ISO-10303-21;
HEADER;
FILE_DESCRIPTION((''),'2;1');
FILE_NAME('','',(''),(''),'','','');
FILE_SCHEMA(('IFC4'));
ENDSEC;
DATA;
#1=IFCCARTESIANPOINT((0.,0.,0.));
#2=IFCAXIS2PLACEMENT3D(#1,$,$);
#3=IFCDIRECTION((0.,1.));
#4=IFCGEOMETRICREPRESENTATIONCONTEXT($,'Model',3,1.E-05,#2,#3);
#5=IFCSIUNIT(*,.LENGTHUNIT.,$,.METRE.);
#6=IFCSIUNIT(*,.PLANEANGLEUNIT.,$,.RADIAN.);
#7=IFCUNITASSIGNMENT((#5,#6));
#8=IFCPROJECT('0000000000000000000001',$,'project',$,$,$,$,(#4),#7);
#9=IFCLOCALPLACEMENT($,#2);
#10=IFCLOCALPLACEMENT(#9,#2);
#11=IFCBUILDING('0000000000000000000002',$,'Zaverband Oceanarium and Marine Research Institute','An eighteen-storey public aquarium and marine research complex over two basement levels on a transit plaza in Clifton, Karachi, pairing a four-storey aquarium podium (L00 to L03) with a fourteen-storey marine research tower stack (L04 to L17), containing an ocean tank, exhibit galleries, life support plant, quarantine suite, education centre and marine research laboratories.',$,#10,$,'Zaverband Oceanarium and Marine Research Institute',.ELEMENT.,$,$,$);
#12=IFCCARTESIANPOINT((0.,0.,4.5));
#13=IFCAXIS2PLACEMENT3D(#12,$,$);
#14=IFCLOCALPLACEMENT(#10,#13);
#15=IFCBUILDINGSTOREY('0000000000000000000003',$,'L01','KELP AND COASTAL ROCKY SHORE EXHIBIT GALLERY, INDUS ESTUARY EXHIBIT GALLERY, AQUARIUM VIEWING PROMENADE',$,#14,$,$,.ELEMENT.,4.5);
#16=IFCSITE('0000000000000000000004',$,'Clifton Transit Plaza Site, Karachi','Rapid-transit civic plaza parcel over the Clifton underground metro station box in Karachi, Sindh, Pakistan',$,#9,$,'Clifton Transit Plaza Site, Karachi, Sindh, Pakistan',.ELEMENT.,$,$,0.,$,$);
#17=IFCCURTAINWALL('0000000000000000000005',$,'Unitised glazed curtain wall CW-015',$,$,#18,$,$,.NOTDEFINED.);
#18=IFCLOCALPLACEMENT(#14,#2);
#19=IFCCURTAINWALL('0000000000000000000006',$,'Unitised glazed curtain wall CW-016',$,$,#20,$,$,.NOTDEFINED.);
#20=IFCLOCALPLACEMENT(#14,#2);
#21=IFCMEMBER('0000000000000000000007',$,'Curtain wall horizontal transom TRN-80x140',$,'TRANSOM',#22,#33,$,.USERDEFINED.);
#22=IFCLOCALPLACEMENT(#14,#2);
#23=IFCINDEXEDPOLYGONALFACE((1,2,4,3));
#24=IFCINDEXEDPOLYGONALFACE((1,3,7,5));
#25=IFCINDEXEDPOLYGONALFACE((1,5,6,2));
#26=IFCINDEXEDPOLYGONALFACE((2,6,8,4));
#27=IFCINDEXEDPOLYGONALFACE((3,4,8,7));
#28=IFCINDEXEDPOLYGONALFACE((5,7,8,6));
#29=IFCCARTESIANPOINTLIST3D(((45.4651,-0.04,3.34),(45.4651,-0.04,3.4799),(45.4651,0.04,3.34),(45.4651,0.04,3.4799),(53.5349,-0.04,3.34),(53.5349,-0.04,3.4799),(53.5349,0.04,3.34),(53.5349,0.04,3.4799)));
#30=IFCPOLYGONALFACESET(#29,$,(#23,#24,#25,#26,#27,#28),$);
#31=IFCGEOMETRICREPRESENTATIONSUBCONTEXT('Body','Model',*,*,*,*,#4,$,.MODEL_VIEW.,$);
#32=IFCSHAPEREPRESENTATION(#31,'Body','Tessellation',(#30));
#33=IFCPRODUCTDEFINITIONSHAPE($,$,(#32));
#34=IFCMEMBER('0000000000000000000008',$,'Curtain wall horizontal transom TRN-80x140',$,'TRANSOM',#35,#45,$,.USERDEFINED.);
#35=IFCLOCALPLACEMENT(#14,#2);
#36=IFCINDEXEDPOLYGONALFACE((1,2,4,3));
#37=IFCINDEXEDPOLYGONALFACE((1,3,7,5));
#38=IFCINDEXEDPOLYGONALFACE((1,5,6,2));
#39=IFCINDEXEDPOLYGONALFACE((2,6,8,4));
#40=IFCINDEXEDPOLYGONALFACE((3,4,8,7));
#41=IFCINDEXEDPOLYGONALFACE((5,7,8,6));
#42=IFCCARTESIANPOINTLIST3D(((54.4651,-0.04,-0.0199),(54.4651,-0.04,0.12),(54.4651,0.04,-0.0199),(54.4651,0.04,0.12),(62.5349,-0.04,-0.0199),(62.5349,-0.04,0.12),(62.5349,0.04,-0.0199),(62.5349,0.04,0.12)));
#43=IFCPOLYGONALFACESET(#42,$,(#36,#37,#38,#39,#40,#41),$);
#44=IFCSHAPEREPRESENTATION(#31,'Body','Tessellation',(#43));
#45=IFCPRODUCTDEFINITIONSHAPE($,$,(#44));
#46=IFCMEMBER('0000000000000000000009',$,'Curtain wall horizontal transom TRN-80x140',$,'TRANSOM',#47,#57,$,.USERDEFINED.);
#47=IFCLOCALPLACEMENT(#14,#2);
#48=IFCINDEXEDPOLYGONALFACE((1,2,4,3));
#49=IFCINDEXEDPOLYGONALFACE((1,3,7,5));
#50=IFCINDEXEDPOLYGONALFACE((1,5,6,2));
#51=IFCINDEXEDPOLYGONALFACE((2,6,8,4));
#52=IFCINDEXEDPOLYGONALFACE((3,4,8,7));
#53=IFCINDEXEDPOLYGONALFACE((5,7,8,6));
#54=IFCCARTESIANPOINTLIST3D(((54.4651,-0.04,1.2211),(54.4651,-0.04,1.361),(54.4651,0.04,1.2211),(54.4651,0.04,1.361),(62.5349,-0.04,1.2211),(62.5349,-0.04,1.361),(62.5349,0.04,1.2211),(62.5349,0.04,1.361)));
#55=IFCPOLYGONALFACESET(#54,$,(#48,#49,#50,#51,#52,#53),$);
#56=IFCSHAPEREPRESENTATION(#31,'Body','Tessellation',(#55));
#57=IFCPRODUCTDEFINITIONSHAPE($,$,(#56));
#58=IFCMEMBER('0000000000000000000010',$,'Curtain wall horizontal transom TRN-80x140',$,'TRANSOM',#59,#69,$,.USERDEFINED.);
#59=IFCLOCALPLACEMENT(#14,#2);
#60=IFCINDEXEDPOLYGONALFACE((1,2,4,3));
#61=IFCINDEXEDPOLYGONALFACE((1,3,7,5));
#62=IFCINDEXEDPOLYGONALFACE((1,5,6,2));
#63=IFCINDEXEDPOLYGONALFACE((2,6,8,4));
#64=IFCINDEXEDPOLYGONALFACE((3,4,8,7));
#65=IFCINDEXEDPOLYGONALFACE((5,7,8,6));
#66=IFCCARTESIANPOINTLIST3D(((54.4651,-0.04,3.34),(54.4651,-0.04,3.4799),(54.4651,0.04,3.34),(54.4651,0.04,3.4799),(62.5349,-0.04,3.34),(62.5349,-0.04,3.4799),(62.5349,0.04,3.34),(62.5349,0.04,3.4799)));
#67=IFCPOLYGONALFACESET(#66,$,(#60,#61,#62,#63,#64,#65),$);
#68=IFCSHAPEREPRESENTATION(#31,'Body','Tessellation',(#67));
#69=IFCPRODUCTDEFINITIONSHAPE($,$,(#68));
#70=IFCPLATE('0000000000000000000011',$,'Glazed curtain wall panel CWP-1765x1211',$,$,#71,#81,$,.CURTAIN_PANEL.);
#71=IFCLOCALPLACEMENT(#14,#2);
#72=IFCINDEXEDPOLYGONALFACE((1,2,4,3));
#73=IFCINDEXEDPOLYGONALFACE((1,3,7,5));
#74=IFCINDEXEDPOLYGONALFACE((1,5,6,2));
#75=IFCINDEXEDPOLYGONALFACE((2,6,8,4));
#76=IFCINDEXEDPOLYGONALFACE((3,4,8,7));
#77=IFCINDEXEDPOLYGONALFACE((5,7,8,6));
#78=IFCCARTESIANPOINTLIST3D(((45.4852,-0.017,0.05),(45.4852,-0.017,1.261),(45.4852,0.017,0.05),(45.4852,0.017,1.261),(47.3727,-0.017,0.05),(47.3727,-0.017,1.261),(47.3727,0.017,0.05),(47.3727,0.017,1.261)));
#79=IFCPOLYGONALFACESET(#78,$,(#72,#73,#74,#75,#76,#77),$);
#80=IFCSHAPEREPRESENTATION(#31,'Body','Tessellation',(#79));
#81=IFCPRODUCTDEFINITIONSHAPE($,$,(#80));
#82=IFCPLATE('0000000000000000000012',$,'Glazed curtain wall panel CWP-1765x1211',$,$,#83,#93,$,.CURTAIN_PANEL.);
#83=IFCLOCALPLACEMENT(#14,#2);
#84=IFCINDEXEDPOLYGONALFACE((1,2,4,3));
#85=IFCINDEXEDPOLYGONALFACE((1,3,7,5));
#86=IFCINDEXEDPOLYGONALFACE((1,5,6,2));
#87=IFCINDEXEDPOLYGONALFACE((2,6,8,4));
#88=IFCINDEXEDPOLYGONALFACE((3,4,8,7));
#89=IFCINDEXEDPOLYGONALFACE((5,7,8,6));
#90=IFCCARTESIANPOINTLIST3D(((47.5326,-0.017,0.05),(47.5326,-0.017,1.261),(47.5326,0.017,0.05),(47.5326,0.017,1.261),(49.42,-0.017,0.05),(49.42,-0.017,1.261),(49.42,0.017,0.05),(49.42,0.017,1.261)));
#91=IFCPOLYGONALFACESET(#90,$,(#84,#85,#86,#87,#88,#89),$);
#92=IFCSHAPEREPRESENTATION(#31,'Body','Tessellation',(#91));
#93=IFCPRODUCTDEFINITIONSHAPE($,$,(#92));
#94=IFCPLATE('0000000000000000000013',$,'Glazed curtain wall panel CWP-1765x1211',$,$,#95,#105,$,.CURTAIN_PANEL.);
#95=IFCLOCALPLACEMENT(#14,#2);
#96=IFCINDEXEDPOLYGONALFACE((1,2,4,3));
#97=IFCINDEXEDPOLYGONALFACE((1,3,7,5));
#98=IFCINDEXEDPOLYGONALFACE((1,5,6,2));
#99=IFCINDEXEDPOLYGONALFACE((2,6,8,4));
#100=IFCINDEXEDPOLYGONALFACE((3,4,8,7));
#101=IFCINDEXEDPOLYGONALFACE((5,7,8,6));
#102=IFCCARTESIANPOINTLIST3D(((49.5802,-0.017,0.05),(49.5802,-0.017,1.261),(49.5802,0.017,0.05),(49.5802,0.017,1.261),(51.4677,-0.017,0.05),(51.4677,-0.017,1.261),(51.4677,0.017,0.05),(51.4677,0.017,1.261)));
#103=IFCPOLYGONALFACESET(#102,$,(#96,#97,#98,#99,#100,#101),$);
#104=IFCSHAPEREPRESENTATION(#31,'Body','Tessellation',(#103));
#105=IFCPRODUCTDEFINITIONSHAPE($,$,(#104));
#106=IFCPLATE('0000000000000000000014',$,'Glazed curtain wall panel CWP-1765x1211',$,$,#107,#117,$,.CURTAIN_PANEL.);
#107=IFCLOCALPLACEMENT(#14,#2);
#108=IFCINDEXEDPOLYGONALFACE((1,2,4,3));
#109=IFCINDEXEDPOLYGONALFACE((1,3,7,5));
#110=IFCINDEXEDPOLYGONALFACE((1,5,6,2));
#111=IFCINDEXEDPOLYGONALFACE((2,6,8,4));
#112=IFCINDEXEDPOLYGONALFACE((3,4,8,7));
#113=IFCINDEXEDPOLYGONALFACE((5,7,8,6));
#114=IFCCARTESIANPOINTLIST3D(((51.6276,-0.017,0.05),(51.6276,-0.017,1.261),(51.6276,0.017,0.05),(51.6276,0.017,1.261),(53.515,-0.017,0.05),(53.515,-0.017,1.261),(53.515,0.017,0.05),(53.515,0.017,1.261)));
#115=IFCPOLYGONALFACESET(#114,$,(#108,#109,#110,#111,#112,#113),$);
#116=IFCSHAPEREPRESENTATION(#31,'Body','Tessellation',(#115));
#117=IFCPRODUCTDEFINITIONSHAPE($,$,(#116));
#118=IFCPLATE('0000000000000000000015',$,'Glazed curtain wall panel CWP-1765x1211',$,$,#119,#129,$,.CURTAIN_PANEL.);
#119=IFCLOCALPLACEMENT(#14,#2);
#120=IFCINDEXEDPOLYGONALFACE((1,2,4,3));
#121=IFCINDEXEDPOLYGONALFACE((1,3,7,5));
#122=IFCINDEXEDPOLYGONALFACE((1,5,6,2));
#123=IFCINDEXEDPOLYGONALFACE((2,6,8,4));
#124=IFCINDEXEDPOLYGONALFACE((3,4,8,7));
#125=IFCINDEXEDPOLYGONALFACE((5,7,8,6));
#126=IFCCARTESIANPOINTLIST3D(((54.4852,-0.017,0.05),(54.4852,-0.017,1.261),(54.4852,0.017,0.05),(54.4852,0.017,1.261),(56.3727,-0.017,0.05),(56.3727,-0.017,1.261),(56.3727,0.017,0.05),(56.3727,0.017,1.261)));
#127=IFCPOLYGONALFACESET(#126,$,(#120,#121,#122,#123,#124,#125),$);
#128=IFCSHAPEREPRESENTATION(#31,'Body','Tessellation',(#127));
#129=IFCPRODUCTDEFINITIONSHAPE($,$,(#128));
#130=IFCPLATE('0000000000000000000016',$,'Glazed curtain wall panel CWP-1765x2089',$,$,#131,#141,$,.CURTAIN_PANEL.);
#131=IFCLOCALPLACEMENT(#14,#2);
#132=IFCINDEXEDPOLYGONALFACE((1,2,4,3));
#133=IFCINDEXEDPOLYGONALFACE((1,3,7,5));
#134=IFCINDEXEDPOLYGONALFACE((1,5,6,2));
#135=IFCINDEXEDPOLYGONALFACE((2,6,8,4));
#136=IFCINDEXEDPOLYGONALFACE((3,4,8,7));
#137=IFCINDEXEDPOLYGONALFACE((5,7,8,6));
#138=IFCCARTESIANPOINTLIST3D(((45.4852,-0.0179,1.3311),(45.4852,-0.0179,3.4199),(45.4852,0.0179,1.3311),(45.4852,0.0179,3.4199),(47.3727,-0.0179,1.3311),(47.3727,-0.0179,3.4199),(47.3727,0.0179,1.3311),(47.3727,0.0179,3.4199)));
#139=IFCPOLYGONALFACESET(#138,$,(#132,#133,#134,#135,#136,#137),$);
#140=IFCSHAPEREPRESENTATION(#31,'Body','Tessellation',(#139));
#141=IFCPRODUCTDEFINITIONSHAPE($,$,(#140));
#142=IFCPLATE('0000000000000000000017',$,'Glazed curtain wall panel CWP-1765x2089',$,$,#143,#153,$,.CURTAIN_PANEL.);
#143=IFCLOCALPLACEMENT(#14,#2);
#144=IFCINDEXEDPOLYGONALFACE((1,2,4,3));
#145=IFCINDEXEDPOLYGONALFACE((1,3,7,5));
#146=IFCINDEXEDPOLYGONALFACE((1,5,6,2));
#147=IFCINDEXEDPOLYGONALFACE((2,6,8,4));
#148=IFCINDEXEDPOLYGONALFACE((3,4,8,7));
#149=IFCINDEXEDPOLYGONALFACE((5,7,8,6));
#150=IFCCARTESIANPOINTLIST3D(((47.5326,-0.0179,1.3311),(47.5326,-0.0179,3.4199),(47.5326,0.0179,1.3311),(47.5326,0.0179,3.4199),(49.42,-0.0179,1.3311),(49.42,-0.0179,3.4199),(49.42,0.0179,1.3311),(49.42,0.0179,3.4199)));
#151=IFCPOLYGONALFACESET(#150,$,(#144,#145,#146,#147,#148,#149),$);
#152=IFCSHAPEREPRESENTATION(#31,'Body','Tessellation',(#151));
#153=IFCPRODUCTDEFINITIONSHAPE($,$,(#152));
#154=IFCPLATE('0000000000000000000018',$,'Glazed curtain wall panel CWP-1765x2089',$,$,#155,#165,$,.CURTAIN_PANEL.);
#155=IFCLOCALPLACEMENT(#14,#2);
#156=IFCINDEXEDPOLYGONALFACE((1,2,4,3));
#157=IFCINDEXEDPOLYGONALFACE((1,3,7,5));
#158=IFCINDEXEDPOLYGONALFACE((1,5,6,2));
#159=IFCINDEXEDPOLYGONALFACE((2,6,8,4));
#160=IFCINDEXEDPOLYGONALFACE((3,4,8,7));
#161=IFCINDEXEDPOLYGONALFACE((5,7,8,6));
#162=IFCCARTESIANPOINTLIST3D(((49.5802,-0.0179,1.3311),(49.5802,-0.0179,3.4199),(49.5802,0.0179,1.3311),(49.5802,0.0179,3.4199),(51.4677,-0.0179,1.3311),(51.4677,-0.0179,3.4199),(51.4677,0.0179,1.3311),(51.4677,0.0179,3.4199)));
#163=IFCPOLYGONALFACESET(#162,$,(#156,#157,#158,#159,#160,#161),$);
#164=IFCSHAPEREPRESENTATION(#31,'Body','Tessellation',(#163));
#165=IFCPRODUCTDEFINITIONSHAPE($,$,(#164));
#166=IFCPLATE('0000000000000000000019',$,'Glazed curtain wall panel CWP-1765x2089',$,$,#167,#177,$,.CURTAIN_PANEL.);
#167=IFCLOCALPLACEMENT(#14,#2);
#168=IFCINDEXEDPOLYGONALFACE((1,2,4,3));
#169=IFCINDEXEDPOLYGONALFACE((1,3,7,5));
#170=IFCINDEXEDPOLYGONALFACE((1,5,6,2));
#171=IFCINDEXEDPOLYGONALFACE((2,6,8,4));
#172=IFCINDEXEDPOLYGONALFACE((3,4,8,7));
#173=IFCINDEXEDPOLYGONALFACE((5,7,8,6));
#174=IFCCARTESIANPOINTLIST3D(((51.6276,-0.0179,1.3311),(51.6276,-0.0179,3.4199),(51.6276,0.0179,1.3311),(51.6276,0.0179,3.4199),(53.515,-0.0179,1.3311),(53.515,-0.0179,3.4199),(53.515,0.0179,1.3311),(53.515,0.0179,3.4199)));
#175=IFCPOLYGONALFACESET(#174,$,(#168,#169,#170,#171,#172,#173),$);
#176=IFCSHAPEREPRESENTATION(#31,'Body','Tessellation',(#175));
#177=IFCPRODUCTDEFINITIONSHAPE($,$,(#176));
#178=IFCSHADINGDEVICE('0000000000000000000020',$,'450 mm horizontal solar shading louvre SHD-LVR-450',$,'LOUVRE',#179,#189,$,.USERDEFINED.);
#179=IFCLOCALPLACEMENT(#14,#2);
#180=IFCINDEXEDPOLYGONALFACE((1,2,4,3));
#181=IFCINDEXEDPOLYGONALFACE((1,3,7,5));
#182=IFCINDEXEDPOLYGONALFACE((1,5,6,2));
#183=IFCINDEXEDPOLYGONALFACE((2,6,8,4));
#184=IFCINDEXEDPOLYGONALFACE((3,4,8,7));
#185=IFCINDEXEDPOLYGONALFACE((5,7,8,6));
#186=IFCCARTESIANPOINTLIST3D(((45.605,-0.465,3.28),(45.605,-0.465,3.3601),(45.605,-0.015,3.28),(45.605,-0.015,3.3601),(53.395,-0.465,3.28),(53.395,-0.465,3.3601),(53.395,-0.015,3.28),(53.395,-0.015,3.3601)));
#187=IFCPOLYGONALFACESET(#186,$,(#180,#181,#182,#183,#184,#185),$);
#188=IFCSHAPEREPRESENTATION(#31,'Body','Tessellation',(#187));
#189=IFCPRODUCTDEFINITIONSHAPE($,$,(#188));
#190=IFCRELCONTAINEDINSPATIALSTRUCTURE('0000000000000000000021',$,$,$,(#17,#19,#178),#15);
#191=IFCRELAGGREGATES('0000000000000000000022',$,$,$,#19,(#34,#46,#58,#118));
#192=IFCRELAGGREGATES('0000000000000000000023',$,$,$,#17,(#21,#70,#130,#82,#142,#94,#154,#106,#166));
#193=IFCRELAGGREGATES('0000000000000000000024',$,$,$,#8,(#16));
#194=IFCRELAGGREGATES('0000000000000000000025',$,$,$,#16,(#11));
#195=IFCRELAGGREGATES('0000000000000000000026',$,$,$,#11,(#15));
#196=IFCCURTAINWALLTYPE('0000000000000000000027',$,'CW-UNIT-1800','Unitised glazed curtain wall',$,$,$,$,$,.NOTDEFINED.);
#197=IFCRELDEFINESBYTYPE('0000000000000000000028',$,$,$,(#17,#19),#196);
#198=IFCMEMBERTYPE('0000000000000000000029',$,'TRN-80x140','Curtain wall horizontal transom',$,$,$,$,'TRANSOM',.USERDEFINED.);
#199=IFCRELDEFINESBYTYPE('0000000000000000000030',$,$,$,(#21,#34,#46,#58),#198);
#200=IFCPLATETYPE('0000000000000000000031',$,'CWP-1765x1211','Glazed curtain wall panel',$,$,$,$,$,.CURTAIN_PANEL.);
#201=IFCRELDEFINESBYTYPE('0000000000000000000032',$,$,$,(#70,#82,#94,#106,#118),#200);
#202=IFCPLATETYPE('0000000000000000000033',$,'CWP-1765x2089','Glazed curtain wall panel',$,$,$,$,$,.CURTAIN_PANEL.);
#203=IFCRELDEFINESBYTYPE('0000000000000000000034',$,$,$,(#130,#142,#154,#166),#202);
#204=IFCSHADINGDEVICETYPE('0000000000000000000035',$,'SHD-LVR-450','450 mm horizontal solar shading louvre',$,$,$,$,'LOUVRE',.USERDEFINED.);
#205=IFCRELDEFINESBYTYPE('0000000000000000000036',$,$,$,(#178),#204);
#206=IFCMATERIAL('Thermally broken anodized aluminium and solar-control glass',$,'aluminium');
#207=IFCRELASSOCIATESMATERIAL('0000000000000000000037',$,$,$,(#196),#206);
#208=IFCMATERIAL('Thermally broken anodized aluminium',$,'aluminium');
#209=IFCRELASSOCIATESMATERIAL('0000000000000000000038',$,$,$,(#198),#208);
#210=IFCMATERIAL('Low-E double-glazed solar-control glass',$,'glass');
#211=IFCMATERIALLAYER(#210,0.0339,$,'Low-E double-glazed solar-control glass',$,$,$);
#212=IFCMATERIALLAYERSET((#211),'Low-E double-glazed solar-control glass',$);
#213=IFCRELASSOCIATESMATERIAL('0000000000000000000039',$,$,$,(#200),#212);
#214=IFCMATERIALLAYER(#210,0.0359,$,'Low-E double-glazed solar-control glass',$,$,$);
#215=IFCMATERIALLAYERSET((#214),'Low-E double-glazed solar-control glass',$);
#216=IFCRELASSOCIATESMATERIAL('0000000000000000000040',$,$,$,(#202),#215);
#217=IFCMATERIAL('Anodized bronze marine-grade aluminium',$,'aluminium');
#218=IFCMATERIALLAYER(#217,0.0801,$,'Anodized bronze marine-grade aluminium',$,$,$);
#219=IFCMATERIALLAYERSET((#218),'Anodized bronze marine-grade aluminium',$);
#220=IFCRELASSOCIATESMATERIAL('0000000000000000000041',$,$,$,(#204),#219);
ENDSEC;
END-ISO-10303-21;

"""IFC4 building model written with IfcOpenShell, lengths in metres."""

from ifc_helpers import new_model, si_unit, direction, frame, frame_2d, origin, origin_2d, place, context, subcontext, project, spatial, rectangle, extrude, material, layer, layer_set, material_profile, profile_set, type_object, element, aggregate, save


model = new_model("IFC4")

# Units and contexts
model_context = context("Model", 3, precision=1e-05, world=origin(), true_north=direction((0.0, 1.0)))
body_context = subcontext(model_context, "Body", "Model", "MODEL_VIEW")
ifc_project = project(units=[si_unit("LENGTHUNIT", "METRE"), si_unit("PLANEANGLEUNIT", "RADIAN")], contexts=[model_context])

# Site, building, storey
site_placement = place(None, origin())
site = spatial("IfcSite", under=ifc_project, at=site_placement, Name="Clifton Transit Plaza Site, Karachi", Description="Rapid-transit civic plaza parcel over the Clifton underground metro station box in Karachi, Sindh, Pakistan", LongName="Clifton Transit Plaza Site, Karachi, Sindh, Pakistan", CompositionType="ELEMENT", RefElevation=0.0)
building_placement = place(site_placement, origin())
building = spatial("IfcBuilding", under=site, at=building_placement, Name="Zaverband Oceanarium and Marine Research Institute", Description="An eighteen-storey public aquarium and marine research complex over two basement levels on a transit plaza in Clifton, Karachi, pairing a four-storey aquarium podium (L00 to L03) with a fourteen-storey marine research tower stack (L04 to L17), containing an ocean tank, exhibit galleries, life support plant, quarantine suite, education centre and marine research laboratories.", LongName="Zaverband Oceanarium and Marine Research Institute", CompositionType="ELEMENT")
storey_placement = place(building_placement, frame((0.0, 0.0, 4.5)))
storey = spatial("IfcBuildingStorey", under=building, at=storey_placement, Name="L01", Description="KELP AND COASTAL ROCKY SHORE EXHIBIT GALLERY, INDUS ESTUARY EXHIBIT GALLERY, AQUARIUM VIEWING PROMENADE", CompositionType="ELEMENT", Elevation=4.5)

# Curtain wall
ifc_material_1 = material(Name="Thermally broken anodized aluminium and solar-control glass", Category="aluminium")
curtain_wall_type = type_object("IfcCurtainWallType", Name="CW-UNIT-1800", Description="Unitised glazed curtain wall", PredefinedType="NOTDEFINED", material=ifc_material_1)
curtain_wall_1_placement = place(storey_placement, origin())
curtain_wall_1 = element("IfcCurtainWall", 1, at=curtain_wall_1_placement, inside=storey, type_object=curtain_wall_type, Name="Unitised glazed curtain wall CW-015", PredefinedType="NOTDEFINED")
ifc_material_2 = material(Name="Thermally broken anodized aluminium", Category="aluminium")

# Curtain wall
curtain_wall_2_placement = place(storey_placement, origin())
curtain_wall_2 = element("IfcCurtainWall", 2, at=curtain_wall_2_placement, inside=storey, type_object=curtain_wall_type, Name="Unitised glazed curtain wall CW-016", PredefinedType="NOTDEFINED")

# Members
ifc_material_profile_1 = material_profile(ifc_material_2, rectangle(XDim=0.0801, YDim=0.1399, at=origin_2d()), Name="AL-TRN-80x140")
ifc_profile_set_1 = profile_set([ifc_material_profile_1], Name="Thermally broken anodized aluminium")
member_type_1 = type_object("IfcMemberType", Name="TRN-80x140", Description="Curtain wall horizontal transom", ElementType="TRANSOM", PredefinedType="USERDEFINED", material=ifc_profile_set_1)
member_1_placement = place(storey_placement, frame((45.4651, 0.0, 3.4099), z_axis=(1.0, 0.0, 0.0), x_axis=(0.0, 1.0, 0.0)))
member_1 = element("IfcMember", 3, at=member_1_placement, type_object=member_type_1, Name="Curtain wall horizontal transom TRN-80x140", ObjectType="TRANSOM", PredefinedType="USERDEFINED", context=body_context, shape_type="SweptSolid", body=[
    extrude(rectangle(XDim=0.0801, YDim=0.1399, at=origin_2d()), origin(), (0.0, 0.0, 1.0), 8.0698),
])
member_2_placement = place(storey_placement, frame((54.4651, 0.0, 0.05), z_axis=(1.0, 0.0, 0.0), x_axis=(0.0, 1.0, 0.0)))
member_2 = element("IfcMember", 4, at=member_2_placement, type_object=member_type_1, Name="Curtain wall horizontal transom TRN-80x140", ObjectType="TRANSOM", PredefinedType="USERDEFINED", context=body_context, shape_type="SweptSolid", body=[
    extrude(rectangle(XDim=0.0801, YDim=0.1399, at=origin_2d()), origin(), (0.0, 0.0, 1.0), 8.0698),
])
member_3_placement = place(storey_placement, frame((54.4651, 0.0, 1.291), z_axis=(1.0, 0.0, 0.0), x_axis=(0.0, 1.0, 0.0)))
member_3 = element("IfcMember", 5, at=member_3_placement, type_object=member_type_1, Name="Curtain wall horizontal transom TRN-80x140", ObjectType="TRANSOM", PredefinedType="USERDEFINED", context=body_context, shape_type="SweptSolid", body=[
    extrude(rectangle(XDim=0.0801, YDim=0.1399, at=origin_2d()), origin(), (0.0, 0.0, 1.0), 8.0698),
])
member_4_placement = place(storey_placement, frame((54.4651, 0.0, 3.4099), z_axis=(1.0, 0.0, 0.0), x_axis=(0.0, 1.0, 0.0)))
member_4 = element("IfcMember", 6, at=member_4_placement, type_object=member_type_1, Name="Curtain wall horizontal transom TRN-80x140", ObjectType="TRANSOM", PredefinedType="USERDEFINED", context=body_context, shape_type="SweptSolid", body=[
    extrude(rectangle(XDim=0.0801, YDim=0.1399, at=origin_2d()), origin(), (0.0, 0.0, 1.0), 8.0698),
])

# Plates
ifc_material_3 = material(Name="Low-E double-glazed solar-control glass", Category="glass")
ifc_layer_1 = layer(ifc_material_3, 0.0339, Name="Low-E double-glazed solar-control glass")
ifc_layer_set_1 = layer_set([ifc_layer_1], Name="Low-E double-glazed solar-control glass")
plate_type_1 = type_object("IfcPlateType", Name="CWP-1765x1211", Description="Glazed curtain wall panel", PredefinedType="CURTAIN_PANEL", material=ifc_layer_set_1)
plate_1_placement = place(storey_placement, frame((45.4851, 0.0, 0.05), z_axis=(0.0, 0.0, 1.0), x_axis=(1.0, 0.0, 0.0)))
plate_1 = element("IfcPlate", 7, at=plate_1_placement, type_object=plate_type_1, Name="Glazed curtain wall panel CWP-1765x1211", PredefinedType="CURTAIN_PANEL", context=body_context, shape_type="SweptSolid", body=[
    extrude(rectangle(XDim=1.8875, YDim=0.0339, at=frame_2d((0.9438, 0.0))), origin(), (0.0, 0.0, 1.0), 1.2109),
])
plate_2_placement = place(storey_placement, frame((47.5325, 0.0, 0.05), z_axis=(0.0, 0.0, 1.0), x_axis=(1.0, 0.0, 0.0)))
plate_2 = element("IfcPlate", 8, at=plate_2_placement, type_object=plate_type_1, Name="Glazed curtain wall panel CWP-1765x1211", PredefinedType="CURTAIN_PANEL", context=body_context, shape_type="SweptSolid", body=[
    extrude(rectangle(XDim=1.8875, YDim=0.0339, at=frame_2d((0.9438, 0.0))), origin(), (0.0, 0.0, 1.0), 1.2109),
])
plate_3_placement = place(storey_placement, frame((49.5801, 0.0, 0.05), z_axis=(0.0, 0.0, 1.0), x_axis=(1.0, 0.0, 0.0)))
plate_3 = element("IfcPlate", 9, at=plate_3_placement, type_object=plate_type_1, Name="Glazed curtain wall panel CWP-1765x1211", PredefinedType="CURTAIN_PANEL", context=body_context, shape_type="SweptSolid", body=[
    extrude(rectangle(XDim=1.8875, YDim=0.0339, at=frame_2d((0.9438, 0.0))), origin(), (0.0, 0.0, 1.0), 1.2109),
])
plate_4_placement = place(storey_placement, frame((51.6274, 0.0, 0.05), z_axis=(0.0, 0.0, 1.0), x_axis=(1.0, 0.0, 0.0)))
plate_4 = element("IfcPlate", 10, at=plate_4_placement, type_object=plate_type_1, Name="Glazed curtain wall panel CWP-1765x1211", PredefinedType="CURTAIN_PANEL", context=body_context, shape_type="SweptSolid", body=[
    extrude(rectangle(XDim=1.8875, YDim=0.0339, at=frame_2d((0.9438, 0.0))), origin(), (0.0, 0.0, 1.0), 1.2109),
])
plate_5_placement = place(storey_placement, frame((54.4851, 0.0, 0.05), z_axis=(0.0, 0.0, 1.0), x_axis=(1.0, 0.0, 0.0)))
plate_5 = element("IfcPlate", 11, at=plate_5_placement, type_object=plate_type_1, Name="Glazed curtain wall panel CWP-1765x1211", PredefinedType="CURTAIN_PANEL", context=body_context, shape_type="SweptSolid", body=[
    extrude(rectangle(XDim=1.8875, YDim=0.0339, at=frame_2d((0.9438, 0.0))), origin(), (0.0, 0.0, 1.0), 1.2109),
])
aggregate(curtain_wall_2, [member_2, member_3, member_4, plate_5])
ifc_layer_2 = layer(ifc_material_3, 0.0359, Name="Low-E double-glazed solar-control glass")
ifc_layer_set_2 = layer_set([ifc_layer_2], Name="Low-E double-glazed solar-control glass")
plate_type_2 = type_object("IfcPlateType", Name="CWP-1765x2089", Description="Glazed curtain wall panel", PredefinedType="CURTAIN_PANEL", material=ifc_layer_set_2)
plate_6_placement = place(storey_placement, frame((45.4851, 0.0, 1.3311), z_axis=(0.0, 0.0, 1.0), x_axis=(1.0, 0.0, 0.0)))
plate_6 = element("IfcPlate", 12, at=plate_6_placement, type_object=plate_type_2, Name="Glazed curtain wall panel CWP-1765x2089", PredefinedType="CURTAIN_PANEL", context=body_context, shape_type="SweptSolid", body=[
    extrude(rectangle(XDim=1.8875, YDim=0.0359, at=frame_2d((0.9438, 0.0))), origin(), (0.0, 0.0, 1.0), 2.0889),
])
plate_7_placement = place(storey_placement, frame((47.5325, 0.0, 1.3311), z_axis=(0.0, 0.0, 1.0), x_axis=(1.0, 0.0, 0.0)))
plate_7 = element("IfcPlate", 13, at=plate_7_placement, type_object=plate_type_2, Name="Glazed curtain wall panel CWP-1765x2089", PredefinedType="CURTAIN_PANEL", context=body_context, shape_type="SweptSolid", body=[
    extrude(rectangle(XDim=1.8875, YDim=0.0359, at=frame_2d((0.9438, 0.0))), origin(), (0.0, 0.0, 1.0), 2.0889),
])
plate_8_placement = place(storey_placement, frame((49.5801, 0.0, 1.3311), z_axis=(0.0, 0.0, 1.0), x_axis=(1.0, 0.0, 0.0)))
plate_8 = element("IfcPlate", 14, at=plate_8_placement, type_object=plate_type_2, Name="Glazed curtain wall panel CWP-1765x2089", PredefinedType="CURTAIN_PANEL", context=body_context, shape_type="SweptSolid", body=[
    extrude(rectangle(XDim=1.8875, YDim=0.0359, at=frame_2d((0.9438, 0.0))), origin(), (0.0, 0.0, 1.0), 2.0889),
])
plate_9_placement = place(storey_placement, frame((51.6274, 0.0, 1.3311), z_axis=(0.0, 0.0, 1.0), x_axis=(1.0, 0.0, 0.0)))
plate_9 = element("IfcPlate", 15, at=plate_9_placement, type_object=plate_type_2, Name="Glazed curtain wall panel CWP-1765x2089", PredefinedType="CURTAIN_PANEL", context=body_context, shape_type="SweptSolid", body=[
    extrude(rectangle(XDim=1.8875, YDim=0.0359, at=frame_2d((0.9438, 0.0))), origin(), (0.0, 0.0, 1.0), 2.0889),
])
aggregate(curtain_wall_1, [member_1, plate_1, plate_6, plate_2, plate_7, plate_3, plate_8, plate_4, plate_9])

# Shading device
ifc_material_4 = material(Name="Anodized bronze marine-grade aluminium", Category="aluminium")
ifc_layer_3 = layer(ifc_material_4, 0.0801, Name="Anodized bronze marine-grade aluminium")
ifc_layer_set_3 = layer_set([ifc_layer_3], Name="Anodized bronze marine-grade aluminium")
shading_device_type = type_object("IfcShadingDeviceType", Name="SHD-LVR-450", Description="450 mm horizontal solar shading louvre", ElementType="LOUVRE", PredefinedType="USERDEFINED", material=ifc_layer_set_3)
shading_device_placement = place(storey_placement, frame((45.605, -0.24, 3.28), z_axis=(0.0, 0.0, 1.0), x_axis=(1.0, 0.0, 0.0)))
element("IfcShadingDevice", 16, at=shading_device_placement, inside=storey, type_object=shading_device_type, Name="450 mm horizontal solar shading louvre SHD-LVR-450", ObjectType="LOUVRE", PredefinedType="USERDEFINED", context=body_context, shape_type="SweptSolid", body=[
    extrude(rectangle(XDim=7.79, YDim=0.45, at=frame_2d((3.895, 0.0))), origin(), (0.0, 0.0, 1.0), 0.0801),
])

save(model, "model.ifc")
